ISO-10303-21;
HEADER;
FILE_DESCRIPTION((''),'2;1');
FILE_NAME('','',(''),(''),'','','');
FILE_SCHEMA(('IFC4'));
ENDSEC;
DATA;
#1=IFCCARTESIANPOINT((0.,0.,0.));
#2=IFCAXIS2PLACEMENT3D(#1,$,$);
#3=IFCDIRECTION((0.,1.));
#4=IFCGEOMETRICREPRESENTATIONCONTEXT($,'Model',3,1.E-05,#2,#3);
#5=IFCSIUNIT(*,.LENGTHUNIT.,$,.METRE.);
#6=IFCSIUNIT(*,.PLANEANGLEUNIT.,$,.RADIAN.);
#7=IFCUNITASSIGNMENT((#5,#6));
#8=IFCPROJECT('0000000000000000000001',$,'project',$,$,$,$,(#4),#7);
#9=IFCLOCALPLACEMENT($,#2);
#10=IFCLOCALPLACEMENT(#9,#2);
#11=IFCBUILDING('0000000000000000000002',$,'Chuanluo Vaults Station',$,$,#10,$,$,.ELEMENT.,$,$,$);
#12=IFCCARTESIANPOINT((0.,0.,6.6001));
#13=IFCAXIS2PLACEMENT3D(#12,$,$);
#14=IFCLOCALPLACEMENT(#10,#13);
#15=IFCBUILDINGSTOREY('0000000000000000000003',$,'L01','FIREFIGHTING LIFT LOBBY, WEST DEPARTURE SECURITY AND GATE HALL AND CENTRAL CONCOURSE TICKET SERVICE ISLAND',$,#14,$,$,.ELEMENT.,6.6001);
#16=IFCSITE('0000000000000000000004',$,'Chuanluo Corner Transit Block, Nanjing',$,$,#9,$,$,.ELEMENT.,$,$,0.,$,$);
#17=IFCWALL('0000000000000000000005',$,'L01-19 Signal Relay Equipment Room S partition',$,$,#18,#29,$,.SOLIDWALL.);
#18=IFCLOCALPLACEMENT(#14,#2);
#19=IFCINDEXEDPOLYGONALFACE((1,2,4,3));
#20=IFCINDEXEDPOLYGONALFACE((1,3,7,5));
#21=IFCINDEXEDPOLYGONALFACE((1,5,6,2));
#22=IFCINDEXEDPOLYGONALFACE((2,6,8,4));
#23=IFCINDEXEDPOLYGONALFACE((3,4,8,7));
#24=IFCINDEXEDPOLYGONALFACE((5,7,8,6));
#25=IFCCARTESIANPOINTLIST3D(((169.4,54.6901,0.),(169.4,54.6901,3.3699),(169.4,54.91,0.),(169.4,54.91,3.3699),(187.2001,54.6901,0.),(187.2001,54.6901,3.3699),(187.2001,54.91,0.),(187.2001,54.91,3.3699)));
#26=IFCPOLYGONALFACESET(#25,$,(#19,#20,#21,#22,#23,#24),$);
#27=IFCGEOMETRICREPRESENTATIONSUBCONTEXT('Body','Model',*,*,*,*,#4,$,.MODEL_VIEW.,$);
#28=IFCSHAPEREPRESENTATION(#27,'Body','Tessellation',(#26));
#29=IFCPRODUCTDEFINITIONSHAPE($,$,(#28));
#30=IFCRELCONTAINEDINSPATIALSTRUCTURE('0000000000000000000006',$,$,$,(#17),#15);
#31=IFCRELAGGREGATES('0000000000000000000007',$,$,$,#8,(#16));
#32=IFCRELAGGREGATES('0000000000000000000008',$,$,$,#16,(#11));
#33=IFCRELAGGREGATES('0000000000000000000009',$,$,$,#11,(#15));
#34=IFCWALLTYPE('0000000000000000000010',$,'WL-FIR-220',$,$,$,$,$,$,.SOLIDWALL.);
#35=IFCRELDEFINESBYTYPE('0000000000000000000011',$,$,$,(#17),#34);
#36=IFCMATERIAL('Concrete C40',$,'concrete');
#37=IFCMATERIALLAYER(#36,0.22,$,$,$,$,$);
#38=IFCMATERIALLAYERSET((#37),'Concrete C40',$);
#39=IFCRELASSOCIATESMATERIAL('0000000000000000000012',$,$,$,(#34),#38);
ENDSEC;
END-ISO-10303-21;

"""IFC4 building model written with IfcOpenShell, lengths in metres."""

from ifc_helpers import new_model, si_unit, direction, frame, frame_2d, origin, place, context, subcontext, project, spatial, rectangle, extrude, material, layer, layer_set, type_object, element, save


model = new_model("IFC4")

# Units and contexts
model_context = context("Model", 3, precision=1e-05, world=origin(), true_north=direction((0.0, 1.0)))
body_context = subcontext(model_context, "Body", "Model", "MODEL_VIEW")
ifc_project = project(units=[si_unit("LENGTHUNIT", "METRE"), si_unit("PLANEANGLEUNIT", "RADIAN")], contexts=[model_context])

# Site, building, storey
site_placement = place(None, origin())
site = spatial("IfcSite", under=ifc_project, at=site_placement, Name="Chuanluo Corner Transit Block, Nanjing", CompositionType="ELEMENT", RefElevation=0.0)
building_placement = place(site_placement, origin())
building = spatial("IfcBuilding", under=site, at=building_placement, Name="Chuanluo Vaults Station", CompositionType="ELEMENT")
storey_placement = place(building_placement, frame((0.0, 0.0, 6.6001)))
storey = spatial("IfcBuildingStorey", under=building, at=storey_placement, Name="L01", Description="FIREFIGHTING LIFT LOBBY, WEST DEPARTURE SECURITY AND GATE HALL AND CENTRAL CONCOURSE TICKET SERVICE ISLAND", CompositionType="ELEMENT", Elevation=6.6001)

# Wall
ifc_material_1 = material(Name="Concrete C40", Category="concrete")
ifc_layer_1 = layer(ifc_material_1, 0.22)
ifc_layer_set_1 = layer_set([ifc_layer_1], Name="Concrete C40")
wall_type_1 = type_object("IfcWallType", Name="WL-FIR-220", PredefinedType="SOLIDWALL", material=ifc_layer_set_1)
wall_1_placement = place(storey_placement, frame((187.2, 54.8, 0.0), z_axis=(0.0, 0.0, 1.0), x_axis=(-1.0, 0.0, 0.0)))
element("IfcWall", 1, at=wall_1_placement, inside=storey, type_object=wall_type_1, Name="L01-19 Signal Relay Equipment Room S partition", PredefinedType="SOLIDWALL", context=body_context, shape_type="SweptSolid", body=[
    extrude(rectangle(XDim=17.8, YDim=0.22, at=frame_2d((8.8999, 0.0))), origin(), (0.0, 0.0, 1.0), 3.3699),
])

save(model, "model.ifc")
